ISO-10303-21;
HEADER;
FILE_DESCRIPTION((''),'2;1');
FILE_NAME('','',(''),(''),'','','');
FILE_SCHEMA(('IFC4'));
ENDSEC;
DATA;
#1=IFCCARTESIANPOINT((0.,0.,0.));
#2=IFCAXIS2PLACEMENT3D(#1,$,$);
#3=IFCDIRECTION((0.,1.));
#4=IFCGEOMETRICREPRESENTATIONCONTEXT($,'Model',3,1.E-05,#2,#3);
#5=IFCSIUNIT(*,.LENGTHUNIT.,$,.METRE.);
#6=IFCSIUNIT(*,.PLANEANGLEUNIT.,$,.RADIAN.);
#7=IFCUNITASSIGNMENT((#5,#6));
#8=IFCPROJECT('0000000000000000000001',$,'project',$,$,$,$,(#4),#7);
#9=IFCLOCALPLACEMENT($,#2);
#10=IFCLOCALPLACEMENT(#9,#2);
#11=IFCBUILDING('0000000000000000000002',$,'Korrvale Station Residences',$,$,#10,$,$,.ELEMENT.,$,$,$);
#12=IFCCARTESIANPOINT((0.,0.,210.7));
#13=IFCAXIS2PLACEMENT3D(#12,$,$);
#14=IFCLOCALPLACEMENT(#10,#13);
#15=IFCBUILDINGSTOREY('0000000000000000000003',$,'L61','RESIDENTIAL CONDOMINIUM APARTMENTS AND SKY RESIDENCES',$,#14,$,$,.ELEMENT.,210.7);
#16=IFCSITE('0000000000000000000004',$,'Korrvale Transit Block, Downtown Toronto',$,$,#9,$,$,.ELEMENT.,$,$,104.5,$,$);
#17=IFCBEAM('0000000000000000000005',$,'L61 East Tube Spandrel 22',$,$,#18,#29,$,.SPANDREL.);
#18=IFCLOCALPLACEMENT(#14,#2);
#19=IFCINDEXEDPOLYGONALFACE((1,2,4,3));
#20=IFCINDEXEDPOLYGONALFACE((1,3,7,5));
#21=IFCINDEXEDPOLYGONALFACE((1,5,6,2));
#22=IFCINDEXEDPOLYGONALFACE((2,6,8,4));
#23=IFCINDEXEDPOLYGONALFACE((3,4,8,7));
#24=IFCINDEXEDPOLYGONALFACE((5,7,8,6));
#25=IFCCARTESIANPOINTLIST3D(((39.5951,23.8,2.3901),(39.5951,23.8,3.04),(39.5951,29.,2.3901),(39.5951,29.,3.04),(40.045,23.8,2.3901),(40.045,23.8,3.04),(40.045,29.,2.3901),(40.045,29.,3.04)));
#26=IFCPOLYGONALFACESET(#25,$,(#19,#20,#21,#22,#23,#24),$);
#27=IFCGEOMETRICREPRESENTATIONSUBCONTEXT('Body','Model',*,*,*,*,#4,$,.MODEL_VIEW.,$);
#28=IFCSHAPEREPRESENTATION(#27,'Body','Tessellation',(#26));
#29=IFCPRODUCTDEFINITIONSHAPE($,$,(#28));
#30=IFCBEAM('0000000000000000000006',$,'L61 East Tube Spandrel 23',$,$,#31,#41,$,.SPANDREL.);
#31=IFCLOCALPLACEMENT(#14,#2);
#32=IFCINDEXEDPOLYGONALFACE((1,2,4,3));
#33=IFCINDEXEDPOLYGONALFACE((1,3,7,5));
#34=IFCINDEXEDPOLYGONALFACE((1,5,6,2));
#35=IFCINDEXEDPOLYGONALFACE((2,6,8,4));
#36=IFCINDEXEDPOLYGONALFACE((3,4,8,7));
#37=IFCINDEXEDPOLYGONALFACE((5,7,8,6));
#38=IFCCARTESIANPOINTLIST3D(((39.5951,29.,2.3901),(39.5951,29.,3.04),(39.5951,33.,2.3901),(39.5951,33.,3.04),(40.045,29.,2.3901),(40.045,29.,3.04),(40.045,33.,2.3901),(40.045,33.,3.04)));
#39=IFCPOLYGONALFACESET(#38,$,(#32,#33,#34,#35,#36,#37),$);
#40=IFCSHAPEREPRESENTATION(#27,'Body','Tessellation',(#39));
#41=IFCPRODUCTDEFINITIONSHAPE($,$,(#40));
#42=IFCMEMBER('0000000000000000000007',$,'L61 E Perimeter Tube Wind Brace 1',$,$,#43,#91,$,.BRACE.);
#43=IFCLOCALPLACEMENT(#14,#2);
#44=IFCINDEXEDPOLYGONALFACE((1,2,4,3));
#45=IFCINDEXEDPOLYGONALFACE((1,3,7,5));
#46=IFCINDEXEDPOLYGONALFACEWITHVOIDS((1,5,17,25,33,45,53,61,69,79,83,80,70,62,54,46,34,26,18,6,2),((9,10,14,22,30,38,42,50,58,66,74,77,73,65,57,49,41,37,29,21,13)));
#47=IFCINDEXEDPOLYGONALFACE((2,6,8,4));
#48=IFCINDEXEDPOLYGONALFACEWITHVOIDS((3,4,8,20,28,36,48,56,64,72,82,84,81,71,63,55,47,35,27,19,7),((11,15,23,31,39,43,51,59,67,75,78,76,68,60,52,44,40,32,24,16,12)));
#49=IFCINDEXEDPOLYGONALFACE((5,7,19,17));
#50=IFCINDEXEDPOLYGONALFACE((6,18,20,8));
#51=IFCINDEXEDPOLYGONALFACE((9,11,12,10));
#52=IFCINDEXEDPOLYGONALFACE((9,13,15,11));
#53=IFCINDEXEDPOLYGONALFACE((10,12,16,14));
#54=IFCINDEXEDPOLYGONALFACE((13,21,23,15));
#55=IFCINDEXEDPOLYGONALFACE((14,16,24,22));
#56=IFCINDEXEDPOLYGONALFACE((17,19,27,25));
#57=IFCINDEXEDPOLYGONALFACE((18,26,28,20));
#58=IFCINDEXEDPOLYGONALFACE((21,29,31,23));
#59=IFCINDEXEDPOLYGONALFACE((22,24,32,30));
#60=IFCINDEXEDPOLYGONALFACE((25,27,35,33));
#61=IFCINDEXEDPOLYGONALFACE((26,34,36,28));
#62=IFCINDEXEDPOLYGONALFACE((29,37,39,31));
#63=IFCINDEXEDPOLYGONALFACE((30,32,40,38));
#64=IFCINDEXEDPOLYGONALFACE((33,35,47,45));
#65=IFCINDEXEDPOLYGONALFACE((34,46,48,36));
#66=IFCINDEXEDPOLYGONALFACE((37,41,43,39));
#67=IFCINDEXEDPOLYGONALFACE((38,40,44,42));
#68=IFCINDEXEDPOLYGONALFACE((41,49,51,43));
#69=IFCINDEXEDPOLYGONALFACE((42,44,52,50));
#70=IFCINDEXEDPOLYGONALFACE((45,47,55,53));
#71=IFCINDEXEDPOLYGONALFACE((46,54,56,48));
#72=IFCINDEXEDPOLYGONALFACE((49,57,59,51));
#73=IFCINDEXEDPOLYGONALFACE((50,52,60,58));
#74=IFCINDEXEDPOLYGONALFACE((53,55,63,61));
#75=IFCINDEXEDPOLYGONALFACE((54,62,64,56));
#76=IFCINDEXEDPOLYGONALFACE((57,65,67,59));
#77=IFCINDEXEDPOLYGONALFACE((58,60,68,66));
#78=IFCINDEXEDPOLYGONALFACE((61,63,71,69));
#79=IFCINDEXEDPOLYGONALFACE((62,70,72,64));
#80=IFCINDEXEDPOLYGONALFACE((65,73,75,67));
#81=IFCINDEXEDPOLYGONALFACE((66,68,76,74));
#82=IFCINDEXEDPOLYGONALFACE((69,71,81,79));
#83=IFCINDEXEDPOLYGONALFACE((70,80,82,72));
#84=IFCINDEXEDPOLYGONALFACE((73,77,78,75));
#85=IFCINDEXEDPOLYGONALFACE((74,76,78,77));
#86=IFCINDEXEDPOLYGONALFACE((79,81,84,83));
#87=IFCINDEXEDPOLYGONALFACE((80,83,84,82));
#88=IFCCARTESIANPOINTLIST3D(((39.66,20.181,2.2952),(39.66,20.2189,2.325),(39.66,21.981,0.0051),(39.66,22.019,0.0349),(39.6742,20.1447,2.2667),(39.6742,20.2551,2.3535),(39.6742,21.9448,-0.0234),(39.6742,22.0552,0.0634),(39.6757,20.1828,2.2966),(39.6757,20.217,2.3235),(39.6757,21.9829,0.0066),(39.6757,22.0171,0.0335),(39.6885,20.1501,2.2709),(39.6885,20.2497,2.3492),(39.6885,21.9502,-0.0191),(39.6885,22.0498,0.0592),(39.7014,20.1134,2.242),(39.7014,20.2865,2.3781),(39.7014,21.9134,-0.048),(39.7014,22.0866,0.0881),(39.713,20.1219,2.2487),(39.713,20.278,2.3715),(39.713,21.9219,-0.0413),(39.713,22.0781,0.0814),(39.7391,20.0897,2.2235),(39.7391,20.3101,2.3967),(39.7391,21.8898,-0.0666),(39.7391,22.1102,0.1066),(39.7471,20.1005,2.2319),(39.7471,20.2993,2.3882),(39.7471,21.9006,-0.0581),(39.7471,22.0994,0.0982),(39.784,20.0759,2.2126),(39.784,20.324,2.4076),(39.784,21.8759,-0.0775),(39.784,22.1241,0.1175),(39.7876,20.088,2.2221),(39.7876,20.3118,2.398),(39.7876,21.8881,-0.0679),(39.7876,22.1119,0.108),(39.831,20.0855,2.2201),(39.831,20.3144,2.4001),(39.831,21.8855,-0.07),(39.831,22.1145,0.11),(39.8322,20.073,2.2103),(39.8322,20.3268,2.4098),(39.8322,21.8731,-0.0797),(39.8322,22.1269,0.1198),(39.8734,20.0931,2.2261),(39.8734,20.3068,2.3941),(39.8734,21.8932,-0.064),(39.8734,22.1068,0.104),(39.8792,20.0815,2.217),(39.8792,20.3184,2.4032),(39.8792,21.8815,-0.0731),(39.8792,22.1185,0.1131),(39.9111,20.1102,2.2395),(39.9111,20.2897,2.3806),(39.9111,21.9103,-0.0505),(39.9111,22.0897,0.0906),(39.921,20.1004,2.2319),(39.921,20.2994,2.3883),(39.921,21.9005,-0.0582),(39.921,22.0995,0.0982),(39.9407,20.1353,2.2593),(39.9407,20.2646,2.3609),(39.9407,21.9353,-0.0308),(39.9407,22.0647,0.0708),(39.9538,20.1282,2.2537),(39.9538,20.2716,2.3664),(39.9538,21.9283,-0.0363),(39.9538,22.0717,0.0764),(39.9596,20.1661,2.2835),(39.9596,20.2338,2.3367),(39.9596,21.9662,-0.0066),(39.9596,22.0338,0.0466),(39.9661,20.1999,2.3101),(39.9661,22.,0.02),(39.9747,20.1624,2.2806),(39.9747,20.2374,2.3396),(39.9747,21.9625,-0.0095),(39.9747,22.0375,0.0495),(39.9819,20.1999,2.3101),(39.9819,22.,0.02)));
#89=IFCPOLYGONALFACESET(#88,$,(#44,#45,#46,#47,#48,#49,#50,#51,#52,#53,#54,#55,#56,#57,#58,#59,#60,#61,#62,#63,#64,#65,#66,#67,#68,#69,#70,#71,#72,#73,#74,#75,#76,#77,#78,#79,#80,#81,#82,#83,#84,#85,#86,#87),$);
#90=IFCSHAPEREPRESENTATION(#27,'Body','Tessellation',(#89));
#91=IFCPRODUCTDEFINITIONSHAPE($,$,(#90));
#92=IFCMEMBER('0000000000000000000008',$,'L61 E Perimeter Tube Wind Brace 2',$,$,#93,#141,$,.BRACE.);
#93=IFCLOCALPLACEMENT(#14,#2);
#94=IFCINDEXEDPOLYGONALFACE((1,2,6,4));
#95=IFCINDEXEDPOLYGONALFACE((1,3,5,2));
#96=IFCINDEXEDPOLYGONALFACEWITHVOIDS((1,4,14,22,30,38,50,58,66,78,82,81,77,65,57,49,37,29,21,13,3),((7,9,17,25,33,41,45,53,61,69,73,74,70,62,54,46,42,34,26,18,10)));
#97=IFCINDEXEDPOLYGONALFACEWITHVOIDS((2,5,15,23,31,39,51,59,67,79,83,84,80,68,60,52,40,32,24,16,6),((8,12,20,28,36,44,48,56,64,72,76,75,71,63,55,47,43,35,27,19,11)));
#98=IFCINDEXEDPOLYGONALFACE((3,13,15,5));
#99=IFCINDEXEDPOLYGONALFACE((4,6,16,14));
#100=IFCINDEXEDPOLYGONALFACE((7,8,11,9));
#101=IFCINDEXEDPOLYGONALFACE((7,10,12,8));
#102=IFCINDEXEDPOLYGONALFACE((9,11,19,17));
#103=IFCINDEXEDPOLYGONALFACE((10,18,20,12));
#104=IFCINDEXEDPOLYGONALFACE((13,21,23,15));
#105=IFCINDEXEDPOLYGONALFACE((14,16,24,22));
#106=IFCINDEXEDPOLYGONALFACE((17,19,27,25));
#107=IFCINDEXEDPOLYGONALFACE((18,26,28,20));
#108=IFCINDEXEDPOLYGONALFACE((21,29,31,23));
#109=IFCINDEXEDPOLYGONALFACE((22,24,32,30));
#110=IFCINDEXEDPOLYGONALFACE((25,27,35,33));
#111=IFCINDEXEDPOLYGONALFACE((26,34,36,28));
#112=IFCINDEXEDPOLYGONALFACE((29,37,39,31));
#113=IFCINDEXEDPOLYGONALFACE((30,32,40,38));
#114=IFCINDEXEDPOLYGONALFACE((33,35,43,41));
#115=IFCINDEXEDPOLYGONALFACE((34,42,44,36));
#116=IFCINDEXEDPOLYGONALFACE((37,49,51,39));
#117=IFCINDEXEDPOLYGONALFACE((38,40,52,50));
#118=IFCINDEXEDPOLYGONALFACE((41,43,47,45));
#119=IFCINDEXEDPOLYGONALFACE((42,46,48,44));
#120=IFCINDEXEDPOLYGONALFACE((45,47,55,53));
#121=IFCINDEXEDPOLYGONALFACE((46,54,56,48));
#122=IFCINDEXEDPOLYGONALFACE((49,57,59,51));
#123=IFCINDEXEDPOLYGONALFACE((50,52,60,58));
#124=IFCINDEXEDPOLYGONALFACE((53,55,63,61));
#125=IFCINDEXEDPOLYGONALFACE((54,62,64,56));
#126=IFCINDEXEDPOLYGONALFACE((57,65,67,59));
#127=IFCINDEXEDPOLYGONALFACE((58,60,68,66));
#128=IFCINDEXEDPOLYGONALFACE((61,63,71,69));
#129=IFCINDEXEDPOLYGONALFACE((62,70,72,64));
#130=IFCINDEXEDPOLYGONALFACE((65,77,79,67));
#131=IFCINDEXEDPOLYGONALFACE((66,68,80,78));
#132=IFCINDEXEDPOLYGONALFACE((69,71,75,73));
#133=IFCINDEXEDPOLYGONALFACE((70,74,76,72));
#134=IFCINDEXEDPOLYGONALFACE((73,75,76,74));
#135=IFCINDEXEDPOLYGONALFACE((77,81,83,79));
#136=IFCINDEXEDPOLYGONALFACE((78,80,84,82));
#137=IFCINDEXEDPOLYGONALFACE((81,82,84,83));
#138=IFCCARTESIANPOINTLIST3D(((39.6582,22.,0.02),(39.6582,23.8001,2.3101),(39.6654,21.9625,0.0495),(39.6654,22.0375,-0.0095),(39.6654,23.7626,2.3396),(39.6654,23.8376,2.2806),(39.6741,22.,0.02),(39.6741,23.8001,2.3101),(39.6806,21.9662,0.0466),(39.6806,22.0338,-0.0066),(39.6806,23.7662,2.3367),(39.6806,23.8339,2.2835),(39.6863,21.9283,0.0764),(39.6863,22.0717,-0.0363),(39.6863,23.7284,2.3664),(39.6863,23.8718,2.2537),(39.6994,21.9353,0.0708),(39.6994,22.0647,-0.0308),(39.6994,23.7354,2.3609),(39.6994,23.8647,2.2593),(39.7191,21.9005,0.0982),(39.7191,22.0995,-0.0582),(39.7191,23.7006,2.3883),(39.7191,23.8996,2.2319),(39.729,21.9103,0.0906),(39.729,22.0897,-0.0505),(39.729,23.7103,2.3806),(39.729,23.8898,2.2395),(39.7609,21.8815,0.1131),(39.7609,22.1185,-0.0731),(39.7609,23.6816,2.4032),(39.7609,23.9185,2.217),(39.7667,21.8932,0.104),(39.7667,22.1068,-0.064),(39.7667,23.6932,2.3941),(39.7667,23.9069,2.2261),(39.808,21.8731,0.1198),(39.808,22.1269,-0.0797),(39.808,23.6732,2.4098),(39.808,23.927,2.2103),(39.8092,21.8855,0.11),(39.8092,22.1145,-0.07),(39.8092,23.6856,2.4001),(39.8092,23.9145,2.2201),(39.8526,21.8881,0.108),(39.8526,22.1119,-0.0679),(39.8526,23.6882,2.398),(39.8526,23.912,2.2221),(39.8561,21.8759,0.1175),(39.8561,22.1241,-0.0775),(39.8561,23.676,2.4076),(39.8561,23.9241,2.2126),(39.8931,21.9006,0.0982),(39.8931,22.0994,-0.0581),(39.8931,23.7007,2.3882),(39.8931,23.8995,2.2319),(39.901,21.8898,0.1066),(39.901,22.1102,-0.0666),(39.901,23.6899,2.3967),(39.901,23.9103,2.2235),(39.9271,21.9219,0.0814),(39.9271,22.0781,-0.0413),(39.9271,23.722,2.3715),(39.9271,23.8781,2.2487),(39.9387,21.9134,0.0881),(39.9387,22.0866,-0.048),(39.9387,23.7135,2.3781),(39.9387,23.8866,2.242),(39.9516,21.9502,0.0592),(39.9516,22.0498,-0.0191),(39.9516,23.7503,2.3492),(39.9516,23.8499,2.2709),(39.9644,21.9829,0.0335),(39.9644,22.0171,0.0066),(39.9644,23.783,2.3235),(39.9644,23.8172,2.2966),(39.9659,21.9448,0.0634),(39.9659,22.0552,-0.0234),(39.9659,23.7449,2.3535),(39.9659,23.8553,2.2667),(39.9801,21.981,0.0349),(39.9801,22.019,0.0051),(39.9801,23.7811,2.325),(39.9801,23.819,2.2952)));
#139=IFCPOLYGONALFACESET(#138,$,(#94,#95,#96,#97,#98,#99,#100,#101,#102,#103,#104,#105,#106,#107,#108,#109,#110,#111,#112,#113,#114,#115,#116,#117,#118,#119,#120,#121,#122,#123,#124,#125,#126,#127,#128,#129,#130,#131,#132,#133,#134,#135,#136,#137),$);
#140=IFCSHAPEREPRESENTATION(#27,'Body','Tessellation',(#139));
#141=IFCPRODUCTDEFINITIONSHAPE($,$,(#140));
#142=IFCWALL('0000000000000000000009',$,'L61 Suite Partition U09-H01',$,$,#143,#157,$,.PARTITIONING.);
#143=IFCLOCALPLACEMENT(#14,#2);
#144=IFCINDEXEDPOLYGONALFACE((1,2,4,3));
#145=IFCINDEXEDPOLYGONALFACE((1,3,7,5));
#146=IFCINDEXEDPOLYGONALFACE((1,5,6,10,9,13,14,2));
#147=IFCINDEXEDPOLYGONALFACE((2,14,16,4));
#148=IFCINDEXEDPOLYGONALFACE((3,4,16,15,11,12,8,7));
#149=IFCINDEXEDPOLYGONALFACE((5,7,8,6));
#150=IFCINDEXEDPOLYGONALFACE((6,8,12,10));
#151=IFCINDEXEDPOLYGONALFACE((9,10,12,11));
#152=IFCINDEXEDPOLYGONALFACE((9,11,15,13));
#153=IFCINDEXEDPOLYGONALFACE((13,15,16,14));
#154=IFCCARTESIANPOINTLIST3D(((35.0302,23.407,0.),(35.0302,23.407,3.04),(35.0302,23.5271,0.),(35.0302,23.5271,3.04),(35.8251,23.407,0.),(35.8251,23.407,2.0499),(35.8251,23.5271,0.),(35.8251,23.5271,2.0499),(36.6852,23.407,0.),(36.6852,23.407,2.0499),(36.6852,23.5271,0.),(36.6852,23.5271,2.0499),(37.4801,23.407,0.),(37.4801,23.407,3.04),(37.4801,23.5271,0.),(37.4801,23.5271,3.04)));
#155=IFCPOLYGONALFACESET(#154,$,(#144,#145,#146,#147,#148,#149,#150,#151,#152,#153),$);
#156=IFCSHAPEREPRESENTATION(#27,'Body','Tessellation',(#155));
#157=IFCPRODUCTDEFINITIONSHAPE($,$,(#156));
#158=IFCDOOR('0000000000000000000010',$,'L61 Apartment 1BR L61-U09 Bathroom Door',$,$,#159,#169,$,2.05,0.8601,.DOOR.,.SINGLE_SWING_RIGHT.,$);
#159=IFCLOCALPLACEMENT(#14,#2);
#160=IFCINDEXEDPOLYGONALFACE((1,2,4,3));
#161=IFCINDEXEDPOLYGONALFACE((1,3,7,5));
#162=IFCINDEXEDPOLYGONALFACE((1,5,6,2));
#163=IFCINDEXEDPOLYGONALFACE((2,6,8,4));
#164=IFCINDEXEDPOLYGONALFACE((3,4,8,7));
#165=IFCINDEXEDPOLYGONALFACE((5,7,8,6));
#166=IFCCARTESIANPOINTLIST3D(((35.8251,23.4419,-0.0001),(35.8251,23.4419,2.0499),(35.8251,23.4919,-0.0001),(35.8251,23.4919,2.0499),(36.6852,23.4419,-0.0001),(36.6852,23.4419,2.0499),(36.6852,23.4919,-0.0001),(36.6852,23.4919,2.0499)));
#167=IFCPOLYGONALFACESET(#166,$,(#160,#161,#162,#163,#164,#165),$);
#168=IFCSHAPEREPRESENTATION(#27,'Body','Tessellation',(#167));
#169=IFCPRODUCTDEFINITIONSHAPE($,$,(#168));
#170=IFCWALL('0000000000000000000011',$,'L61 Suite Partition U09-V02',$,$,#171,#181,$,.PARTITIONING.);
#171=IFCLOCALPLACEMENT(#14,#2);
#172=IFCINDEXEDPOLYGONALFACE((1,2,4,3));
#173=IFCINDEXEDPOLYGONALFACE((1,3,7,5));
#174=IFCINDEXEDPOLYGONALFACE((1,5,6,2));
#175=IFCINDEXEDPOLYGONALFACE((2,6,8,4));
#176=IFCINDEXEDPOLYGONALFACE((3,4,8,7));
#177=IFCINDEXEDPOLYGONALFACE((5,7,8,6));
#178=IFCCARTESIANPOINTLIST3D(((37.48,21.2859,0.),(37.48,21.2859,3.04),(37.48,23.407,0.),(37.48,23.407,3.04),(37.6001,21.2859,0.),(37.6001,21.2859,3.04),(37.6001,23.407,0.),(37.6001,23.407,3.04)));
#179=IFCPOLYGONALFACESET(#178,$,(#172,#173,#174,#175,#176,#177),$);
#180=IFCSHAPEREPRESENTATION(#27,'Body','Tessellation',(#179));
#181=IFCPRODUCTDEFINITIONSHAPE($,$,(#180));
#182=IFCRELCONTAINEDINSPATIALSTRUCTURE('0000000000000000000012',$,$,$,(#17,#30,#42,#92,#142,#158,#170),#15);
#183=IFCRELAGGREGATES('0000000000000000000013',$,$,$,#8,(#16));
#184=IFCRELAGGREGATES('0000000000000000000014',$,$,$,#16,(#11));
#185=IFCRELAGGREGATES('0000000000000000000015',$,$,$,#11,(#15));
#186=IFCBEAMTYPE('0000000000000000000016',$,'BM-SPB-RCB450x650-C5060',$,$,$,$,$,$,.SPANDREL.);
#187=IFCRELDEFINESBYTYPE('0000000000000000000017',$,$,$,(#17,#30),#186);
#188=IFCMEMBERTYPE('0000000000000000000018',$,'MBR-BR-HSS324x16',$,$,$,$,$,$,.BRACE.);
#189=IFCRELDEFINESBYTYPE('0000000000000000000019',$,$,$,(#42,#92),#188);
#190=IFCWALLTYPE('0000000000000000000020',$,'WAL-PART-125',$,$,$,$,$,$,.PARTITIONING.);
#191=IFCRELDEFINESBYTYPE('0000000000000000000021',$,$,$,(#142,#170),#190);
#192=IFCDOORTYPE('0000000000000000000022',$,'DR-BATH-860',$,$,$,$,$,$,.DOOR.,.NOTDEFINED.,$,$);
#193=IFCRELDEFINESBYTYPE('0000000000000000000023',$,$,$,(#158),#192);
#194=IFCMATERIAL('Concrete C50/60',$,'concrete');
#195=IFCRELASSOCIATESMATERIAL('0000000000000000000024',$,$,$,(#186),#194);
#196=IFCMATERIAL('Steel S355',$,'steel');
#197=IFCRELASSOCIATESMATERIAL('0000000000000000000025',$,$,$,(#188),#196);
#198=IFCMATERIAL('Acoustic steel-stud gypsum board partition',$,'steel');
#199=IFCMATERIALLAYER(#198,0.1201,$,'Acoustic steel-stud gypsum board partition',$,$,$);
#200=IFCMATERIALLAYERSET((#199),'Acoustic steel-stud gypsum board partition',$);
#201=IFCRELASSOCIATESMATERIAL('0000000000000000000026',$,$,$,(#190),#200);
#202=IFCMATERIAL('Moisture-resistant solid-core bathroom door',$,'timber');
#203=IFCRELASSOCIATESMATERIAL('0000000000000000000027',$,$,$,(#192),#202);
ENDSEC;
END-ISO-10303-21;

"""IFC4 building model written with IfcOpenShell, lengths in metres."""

from ifc_helpers import new_model, si_unit, direction, frame, frame_2d, origin, origin_2d, place, context, subcontext, project, spatial, rectangle, hollow_circle, extrude, material, layer, layer_set, material_profile, profile_set, type_object, element, fill, save


model = new_model("IFC4")

# Units and contexts
model_context = context("Model", 3, precision=1e-05, world=origin(), true_north=direction((0.0, 1.0)))
body_context = subcontext(model_context, "Body", "Model", "MODEL_VIEW")
ifc_project = project(units=[si_unit("LENGTHUNIT", "METRE"), si_unit("PLANEANGLEUNIT", "RADIAN")], contexts=[model_context])

# Site, building, storey
site_placement = place(None, origin())
site = spatial("IfcSite", under=ifc_project, at=site_placement, Name="Korrvale Transit Block, Downtown Toronto", CompositionType="ELEMENT", RefElevation=104.5)
building_placement = place(site_placement, origin())
building = spatial("IfcBuilding", under=site, at=building_placement, Name="Korrvale Station Residences", CompositionType="ELEMENT")
storey_placement = place(building_placement, frame((0.0, 0.0, 210.7)))
storey = spatial("IfcBuildingStorey", under=building, at=storey_placement, Name="L61", Description="RESIDENTIAL CONDOMINIUM APARTMENTS AND SKY RESIDENCES", CompositionType="ELEMENT", Elevation=210.7)

# Shared definitions
ifc_material_1 = material(Name="Concrete C50/60", Category="concrete")

# Beams
ifc_material_2 = material(Name="Steel S355", Category="steel")
ifc_material_profile_1 = material_profile(ifc_material_1, rectangle(XDim=0.45, YDim=0.6499, at=origin_2d()), Name="RCB450x650")
ifc_profile_set_1 = profile_set([ifc_material_profile_1], Name="Concrete C50/60")
beam_type_1 = type_object("IfcBeamType", Name="BM-SPB-RCB450x650-C5060", PredefinedType="SPANDREL", material=ifc_profile_set_1)
beam_1_placement = place(storey_placement, frame((39.8201, 23.8, 2.7151), z_axis=(0.0, 1.0, 0.0), x_axis=(-1.0, 0.0, 0.0)))
element("IfcBeam", 1, at=beam_1_placement, inside=storey, type_object=beam_type_1, Name="L61 East Tube Spandrel 22", PredefinedType="SPANDREL", context=body_context, shape_type="SweptSolid", body=[
    extrude(rectangle(XDim=0.45, YDim=0.6499, at=origin_2d()), origin(), (0.0, 0.0, 1.0), 5.2),
])
beam_2_placement = place(storey_placement, frame((39.8201, 29.0, 2.7151), z_axis=(0.0, 1.0, 0.0), x_axis=(-1.0, 0.0, 0.0)))
element("IfcBeam", 2, at=beam_2_placement, inside=storey, type_object=beam_type_1, Name="L61 East Tube Spandrel 23", PredefinedType="SPANDREL", context=body_context, shape_type="SweptSolid", body=[
    extrude(rectangle(XDim=0.45, YDim=0.6499, at=origin_2d()), origin(), (0.0, 0.0, 1.0), 4.0),
])

# Members
ifc_material_profile_2 = material_profile(ifc_material_2, hollow_circle(Radius=0.1619, WallThickness=0.0159, at=origin_2d()), Name="HSS324x16")
ifc_profile_set_2 = profile_set([ifc_material_profile_2], Name="Steel S355")
member_type = type_object("IfcMemberType", Name="MBR-BR-HSS324x16", PredefinedType="BRACE", material=ifc_profile_set_2)
for number, where, z_axis, x_axis, name in (
    (3, (39.8201, 22.0, 0.02), (0.0, -0.617977, 0.786196), (1.0, 0.0, 0.0), "L61 E Perimeter Tube Wind Brace 1"),
    (4, (39.8201, 22.0, 0.02), (0.0, 0.617977, 0.786196), (-1.0, 0.0, 0.0), "L61 E Perimeter Tube Wind Brace 2"),
):
    element("IfcMember", number, at=place(storey_placement, frame(where, z_axis=z_axis, x_axis=x_axis)), inside=storey, type_object=member_type, Name=name, PredefinedType="BRACE", context=body_context, shape_type="SweptSolid", body=[
        extrude(hollow_circle(Radius=0.1619, WallThickness=0.0159, at=origin_2d()), origin(), (0.0, 0.0, 1.0), 2.9128),
    ])

# Wall, opening, door
ifc_material_3 = material(Name="Acoustic steel-stud gypsum board partition", Category="steel")
ifc_layer_1 = layer(ifc_material_3, 0.1201, Name="Acoustic steel-stud gypsum board partition")
ifc_layer_set_1 = layer_set([ifc_layer_1], Name="Acoustic steel-stud gypsum board partition")
wall_type_1 = type_object("IfcWallType", Name="WAL-PART-125", PredefinedType="PARTITIONING", material=ifc_layer_set_1)
wall_1_placement = place(storey_placement, frame((35.03, 23.467, 0.0), z_axis=(0.0, 0.0, 1.0), x_axis=(1.0, 0.0, 0.0)))
wall_1 = element("IfcWall", 5, at=wall_1_placement, inside=storey, type_object=wall_type_1, Name="L61 Suite Partition U09-H01", PredefinedType="PARTITIONING", context=body_context, shape_type="SweptSolid", body=[
    extrude(rectangle(XDim=2.45, YDim=0.1201, at=frame_2d((1.2251, 0.0))), origin(), (0.0, 0.0, 1.0), 3.04),
])
opening_1_placement = place(wall_1_placement, frame((0.7949, 0.0, 0.0)))
opening_1 = element("IfcOpeningElement", 6, at=opening_1_placement, cuts=wall_1, PredefinedType="OPENING", context=body_context, shape_type="SweptSolid", body=[
    extrude(rectangle(XDim=0.8601, YDim=2.05, at=frame_2d((0.4302, 1.0249))), frame((0.0, 0.0701, 0.0), z_axis=(0.0, -1.0, 0.0), x_axis=(1.0, 0.0, 0.0)), (0.0, 0.0, 1.0), 0.1401),
])
ifc_material_4 = material(Name="Moisture-resistant solid-core bathroom door", Category="timber")
door_type_1 = type_object("IfcDoorType", Name="DR-BATH-860", OperationType="NOTDEFINED", PredefinedType="DOOR", material=ifc_material_4)
door_1_placement = place(opening_1_placement, origin())
door_1 = element("IfcDoor", 7, at=door_1_placement, inside=storey, type_object=door_type_1, Name="L61 Apartment 1BR L61-U09 Bathroom Door", OperationType="SINGLE_SWING_RIGHT", OverallHeight=2.05, OverallWidth=0.8601, PredefinedType="DOOR", context=body_context, shape_type="SweptSolid", body=[
    extrude(rectangle(XDim=0.8601, YDim=2.05, at=frame_2d((0.4302, 1.0249))), frame((0.0, 0.0249, 0.0), z_axis=(0.0, -1.0, 0.0), x_axis=(1.0, 0.0, 0.0)), (0.0, 0.0, 1.0), 0.05),
])
fill(opening_1, door_1)

# Wall
wall_2_placement = place(storey_placement, frame((37.54, 21.2859, 0.0), z_axis=(0.0, 0.0, 1.0), x_axis=(0.0, 1.0, 0.0)))
element("IfcWall", 8, at=wall_2_placement, inside=storey, type_object=wall_type_1, Name="L61 Suite Partition U09-V02", PredefinedType="PARTITIONING", context=body_context, shape_type="SweptSolid", body=[
    extrude(rectangle(XDim=2.1211, YDim=0.1201, at=frame_2d((1.0605, 0.0))), origin(), (0.0, 0.0, 1.0), 3.04),
])

save(model, "model.ifc")
